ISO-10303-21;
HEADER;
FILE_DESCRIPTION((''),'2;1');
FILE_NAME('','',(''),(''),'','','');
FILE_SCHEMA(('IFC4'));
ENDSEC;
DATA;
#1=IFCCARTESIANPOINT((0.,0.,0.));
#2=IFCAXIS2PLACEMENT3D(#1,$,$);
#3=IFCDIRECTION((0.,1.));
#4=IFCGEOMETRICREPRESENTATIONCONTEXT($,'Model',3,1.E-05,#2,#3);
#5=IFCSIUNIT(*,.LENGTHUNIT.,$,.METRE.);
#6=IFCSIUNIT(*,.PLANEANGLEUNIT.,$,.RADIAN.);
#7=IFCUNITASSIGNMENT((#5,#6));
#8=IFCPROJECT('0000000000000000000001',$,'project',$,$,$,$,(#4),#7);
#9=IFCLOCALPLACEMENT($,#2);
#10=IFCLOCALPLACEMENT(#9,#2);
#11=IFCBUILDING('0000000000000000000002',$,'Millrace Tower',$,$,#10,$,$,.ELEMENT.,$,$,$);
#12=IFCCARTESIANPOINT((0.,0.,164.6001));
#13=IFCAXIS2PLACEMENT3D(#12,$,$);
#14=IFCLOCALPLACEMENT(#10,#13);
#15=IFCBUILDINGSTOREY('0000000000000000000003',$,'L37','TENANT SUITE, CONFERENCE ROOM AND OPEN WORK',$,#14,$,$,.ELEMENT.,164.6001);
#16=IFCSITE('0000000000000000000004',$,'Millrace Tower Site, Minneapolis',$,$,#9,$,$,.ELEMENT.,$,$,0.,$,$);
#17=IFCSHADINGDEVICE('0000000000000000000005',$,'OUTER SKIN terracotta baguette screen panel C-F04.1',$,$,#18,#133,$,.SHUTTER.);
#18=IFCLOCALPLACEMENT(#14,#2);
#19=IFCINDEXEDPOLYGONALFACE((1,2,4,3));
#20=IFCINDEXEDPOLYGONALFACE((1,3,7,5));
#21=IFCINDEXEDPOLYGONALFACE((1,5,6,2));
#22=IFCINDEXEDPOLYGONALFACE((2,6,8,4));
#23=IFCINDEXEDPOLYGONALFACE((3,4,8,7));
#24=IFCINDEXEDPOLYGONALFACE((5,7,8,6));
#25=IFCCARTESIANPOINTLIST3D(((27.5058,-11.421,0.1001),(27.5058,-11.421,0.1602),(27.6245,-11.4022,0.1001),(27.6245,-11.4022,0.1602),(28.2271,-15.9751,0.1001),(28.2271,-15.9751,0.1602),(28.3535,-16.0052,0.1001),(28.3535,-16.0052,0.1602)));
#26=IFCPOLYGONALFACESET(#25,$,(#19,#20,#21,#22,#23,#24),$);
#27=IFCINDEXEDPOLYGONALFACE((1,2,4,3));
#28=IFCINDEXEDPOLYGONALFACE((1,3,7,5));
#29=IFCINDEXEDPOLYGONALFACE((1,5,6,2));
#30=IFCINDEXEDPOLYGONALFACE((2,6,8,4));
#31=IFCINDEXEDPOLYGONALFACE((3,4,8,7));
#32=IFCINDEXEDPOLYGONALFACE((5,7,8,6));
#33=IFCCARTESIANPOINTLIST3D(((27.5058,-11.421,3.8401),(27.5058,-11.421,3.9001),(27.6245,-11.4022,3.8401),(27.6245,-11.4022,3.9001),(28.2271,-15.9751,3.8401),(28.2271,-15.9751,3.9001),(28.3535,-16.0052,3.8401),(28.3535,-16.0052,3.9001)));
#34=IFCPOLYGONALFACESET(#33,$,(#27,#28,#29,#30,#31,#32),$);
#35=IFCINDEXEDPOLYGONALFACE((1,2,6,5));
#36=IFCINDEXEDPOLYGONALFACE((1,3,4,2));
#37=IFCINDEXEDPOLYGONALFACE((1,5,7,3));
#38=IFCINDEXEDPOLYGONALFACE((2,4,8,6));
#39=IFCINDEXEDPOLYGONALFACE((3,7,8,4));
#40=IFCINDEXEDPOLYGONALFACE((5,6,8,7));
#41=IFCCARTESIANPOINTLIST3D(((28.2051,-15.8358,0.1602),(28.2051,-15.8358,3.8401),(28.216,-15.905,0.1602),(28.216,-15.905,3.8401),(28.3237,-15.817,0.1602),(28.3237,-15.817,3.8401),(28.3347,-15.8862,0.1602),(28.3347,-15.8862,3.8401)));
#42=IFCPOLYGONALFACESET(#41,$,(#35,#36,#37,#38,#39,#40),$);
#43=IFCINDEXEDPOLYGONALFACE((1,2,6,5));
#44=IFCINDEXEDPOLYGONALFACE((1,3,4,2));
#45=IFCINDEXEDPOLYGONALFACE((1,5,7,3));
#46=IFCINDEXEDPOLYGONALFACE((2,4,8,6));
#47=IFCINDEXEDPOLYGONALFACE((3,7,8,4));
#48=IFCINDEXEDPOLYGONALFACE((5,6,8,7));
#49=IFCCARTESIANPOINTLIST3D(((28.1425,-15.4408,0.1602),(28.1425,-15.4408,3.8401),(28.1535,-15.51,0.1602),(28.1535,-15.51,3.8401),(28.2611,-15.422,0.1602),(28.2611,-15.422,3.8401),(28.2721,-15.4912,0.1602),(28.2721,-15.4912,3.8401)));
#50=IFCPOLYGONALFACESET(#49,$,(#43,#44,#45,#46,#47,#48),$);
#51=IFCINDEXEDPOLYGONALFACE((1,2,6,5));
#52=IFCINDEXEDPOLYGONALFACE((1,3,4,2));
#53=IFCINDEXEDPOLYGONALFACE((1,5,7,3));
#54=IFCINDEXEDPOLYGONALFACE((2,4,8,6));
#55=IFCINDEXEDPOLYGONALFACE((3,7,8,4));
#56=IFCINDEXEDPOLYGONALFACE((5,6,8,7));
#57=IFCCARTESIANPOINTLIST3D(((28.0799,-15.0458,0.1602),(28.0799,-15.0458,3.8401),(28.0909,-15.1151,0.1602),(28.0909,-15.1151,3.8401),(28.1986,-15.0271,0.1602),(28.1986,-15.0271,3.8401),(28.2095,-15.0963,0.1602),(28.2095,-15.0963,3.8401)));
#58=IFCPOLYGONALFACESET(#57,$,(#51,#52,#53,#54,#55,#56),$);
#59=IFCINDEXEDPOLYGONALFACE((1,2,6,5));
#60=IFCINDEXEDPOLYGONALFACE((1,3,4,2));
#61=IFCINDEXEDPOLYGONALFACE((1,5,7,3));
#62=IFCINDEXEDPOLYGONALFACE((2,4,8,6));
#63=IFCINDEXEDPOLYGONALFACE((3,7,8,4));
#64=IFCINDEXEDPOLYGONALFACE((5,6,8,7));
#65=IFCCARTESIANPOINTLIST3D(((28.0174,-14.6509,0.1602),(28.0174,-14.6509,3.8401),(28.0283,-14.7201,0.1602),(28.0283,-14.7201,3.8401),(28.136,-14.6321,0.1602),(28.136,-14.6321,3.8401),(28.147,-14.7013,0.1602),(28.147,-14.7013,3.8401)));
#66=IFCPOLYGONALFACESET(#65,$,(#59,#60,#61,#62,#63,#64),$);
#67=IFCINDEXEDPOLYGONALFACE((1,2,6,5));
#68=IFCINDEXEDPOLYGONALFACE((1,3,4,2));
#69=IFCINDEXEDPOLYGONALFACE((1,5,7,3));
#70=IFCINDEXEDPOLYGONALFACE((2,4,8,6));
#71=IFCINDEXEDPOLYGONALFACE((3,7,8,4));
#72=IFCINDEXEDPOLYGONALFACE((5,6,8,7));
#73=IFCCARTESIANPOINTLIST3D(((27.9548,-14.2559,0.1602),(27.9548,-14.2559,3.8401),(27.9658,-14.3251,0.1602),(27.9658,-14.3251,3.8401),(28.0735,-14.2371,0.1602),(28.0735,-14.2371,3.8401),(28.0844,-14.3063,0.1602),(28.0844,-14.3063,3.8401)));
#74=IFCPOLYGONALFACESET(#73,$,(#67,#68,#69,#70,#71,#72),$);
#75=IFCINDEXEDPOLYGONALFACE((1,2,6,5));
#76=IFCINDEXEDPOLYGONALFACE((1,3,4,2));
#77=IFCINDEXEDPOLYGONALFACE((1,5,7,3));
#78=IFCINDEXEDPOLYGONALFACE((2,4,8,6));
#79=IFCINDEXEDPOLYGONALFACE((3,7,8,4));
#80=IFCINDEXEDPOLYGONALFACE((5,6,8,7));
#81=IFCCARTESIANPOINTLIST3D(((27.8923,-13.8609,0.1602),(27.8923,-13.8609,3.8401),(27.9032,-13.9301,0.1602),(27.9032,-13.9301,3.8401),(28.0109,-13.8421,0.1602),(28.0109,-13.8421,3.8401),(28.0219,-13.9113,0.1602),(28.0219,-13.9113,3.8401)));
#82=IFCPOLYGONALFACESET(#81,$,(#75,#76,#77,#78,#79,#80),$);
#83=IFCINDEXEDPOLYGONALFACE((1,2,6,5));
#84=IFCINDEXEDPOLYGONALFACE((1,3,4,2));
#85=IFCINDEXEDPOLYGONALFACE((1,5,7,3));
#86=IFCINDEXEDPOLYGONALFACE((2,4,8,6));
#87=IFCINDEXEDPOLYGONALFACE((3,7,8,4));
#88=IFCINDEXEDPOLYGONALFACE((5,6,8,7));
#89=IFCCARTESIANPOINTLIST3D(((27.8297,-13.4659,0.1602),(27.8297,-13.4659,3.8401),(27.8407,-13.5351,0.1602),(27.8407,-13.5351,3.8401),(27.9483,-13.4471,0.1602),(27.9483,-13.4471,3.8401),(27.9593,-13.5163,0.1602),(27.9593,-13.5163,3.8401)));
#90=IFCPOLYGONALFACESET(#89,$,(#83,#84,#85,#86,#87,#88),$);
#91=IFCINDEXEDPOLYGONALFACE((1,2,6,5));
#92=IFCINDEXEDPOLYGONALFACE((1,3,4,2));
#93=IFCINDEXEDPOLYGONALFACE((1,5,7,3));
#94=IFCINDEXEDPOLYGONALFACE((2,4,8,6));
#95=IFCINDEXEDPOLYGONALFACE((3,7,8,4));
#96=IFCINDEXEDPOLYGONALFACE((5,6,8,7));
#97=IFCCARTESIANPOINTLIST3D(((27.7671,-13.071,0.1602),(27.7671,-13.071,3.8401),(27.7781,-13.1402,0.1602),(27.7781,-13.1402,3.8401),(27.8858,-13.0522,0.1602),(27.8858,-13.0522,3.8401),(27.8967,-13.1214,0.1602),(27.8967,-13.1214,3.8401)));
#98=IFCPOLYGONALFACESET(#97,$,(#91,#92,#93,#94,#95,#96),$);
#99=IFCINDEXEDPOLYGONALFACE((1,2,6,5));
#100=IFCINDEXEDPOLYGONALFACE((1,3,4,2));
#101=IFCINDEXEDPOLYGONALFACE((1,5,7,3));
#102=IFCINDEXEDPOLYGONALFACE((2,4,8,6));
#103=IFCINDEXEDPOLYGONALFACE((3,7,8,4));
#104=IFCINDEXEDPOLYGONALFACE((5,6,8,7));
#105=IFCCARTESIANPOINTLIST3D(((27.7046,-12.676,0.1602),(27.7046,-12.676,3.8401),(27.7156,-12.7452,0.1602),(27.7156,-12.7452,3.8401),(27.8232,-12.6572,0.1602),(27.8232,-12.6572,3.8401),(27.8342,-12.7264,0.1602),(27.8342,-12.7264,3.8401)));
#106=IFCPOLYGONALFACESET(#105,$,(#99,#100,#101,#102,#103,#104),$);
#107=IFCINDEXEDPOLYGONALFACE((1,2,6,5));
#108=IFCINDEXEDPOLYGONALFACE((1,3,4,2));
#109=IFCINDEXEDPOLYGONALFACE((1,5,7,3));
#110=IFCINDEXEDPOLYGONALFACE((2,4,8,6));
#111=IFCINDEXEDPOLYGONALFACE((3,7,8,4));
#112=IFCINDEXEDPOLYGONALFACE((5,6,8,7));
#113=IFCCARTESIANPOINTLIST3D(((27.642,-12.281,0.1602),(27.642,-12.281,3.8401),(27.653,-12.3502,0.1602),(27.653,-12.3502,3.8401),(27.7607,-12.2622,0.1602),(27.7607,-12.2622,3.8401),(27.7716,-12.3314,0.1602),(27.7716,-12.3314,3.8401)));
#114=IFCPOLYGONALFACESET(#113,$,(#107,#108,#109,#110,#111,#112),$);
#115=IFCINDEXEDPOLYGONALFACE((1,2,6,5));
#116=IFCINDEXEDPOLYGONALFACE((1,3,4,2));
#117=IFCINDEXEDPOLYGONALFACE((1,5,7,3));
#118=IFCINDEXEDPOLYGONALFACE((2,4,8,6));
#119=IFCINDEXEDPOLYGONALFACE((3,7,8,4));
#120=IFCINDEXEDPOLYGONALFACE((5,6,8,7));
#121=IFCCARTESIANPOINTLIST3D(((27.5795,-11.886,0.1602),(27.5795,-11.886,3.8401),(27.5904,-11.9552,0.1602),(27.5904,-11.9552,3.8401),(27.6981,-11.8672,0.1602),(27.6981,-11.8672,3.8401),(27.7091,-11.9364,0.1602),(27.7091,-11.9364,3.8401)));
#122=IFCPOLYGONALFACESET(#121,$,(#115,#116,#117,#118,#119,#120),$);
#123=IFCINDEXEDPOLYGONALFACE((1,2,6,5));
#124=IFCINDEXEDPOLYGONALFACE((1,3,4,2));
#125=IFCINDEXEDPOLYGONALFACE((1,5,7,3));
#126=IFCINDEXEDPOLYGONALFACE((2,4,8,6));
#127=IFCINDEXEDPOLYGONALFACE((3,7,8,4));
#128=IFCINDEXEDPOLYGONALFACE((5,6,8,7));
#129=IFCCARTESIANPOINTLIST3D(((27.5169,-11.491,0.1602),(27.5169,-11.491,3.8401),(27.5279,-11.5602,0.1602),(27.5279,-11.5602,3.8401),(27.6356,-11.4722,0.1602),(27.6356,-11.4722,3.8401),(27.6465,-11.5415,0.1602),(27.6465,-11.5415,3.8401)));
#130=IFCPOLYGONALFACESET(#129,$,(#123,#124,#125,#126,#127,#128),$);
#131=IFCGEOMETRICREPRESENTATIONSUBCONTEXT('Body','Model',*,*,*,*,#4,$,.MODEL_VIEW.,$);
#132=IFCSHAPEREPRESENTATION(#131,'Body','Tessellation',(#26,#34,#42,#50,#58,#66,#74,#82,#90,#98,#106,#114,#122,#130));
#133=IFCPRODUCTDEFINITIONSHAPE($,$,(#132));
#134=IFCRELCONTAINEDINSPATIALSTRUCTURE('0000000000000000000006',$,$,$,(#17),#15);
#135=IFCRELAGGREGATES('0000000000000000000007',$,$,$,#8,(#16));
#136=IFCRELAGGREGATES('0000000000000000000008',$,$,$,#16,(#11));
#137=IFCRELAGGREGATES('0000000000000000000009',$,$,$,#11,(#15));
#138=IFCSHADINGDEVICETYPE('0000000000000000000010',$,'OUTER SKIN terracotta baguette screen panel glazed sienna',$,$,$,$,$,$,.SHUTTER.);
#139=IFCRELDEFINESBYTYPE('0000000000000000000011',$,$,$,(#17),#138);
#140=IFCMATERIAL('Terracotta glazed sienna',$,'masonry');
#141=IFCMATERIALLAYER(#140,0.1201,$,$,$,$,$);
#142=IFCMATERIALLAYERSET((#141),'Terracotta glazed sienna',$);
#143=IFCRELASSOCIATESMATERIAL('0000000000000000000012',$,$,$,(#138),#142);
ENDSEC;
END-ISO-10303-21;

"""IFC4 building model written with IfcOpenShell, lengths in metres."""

from ifc_helpers import new_model, entity, si_unit, direction, frame, frame_2d, origin, place, context, subcontext, project, spatial, rectangle, extrude, source, transform, mapped, material, layer, layer_set, type_object, element, save


model = new_model("IFC4")

# Units and contexts
model_context = context("Model", 3, precision=1e-05, world=origin(), true_north=direction((0.0, 1.0)))
body_context = subcontext(model_context, "Body", "Model", "MODEL_VIEW")
ifc_project = project(units=[si_unit("LENGTHUNIT", "METRE"), si_unit("PLANEANGLEUNIT", "RADIAN")], contexts=[model_context])

# Site, building, storey
site_placement = place(None, origin())
site = spatial("IfcSite", under=ifc_project, at=site_placement, Name="Millrace Tower Site, Minneapolis", CompositionType="ELEMENT", RefElevation=0.0)
building_placement = place(site_placement, origin())
building = spatial("IfcBuilding", under=site, at=building_placement, Name="Millrace Tower", CompositionType="ELEMENT")
storey_placement = place(building_placement, frame((0.0, 0.0, 164.6001)))
storey = spatial("IfcBuildingStorey", under=building, at=storey_placement, Name="L37", Description="TENANT SUITE, CONFERENCE ROOM AND OPEN WORK", CompositionType="ELEMENT", Elevation=164.6001)

# Shading device
ifc_material_1 = material(Name="Terracotta glazed sienna", Category="masonry")
ifc_layer_1 = layer(ifc_material_1, 0.1201)
ifc_layer_set_1 = layer_set([ifc_layer_1], Name="Terracotta glazed sienna")
shading_device_type = type_object("IfcShadingDeviceType", Name="OUTER SKIN terracotta baguette screen panel glazed sienna", PredefinedType="SHUTTER", material=ifc_layer_set_1)
cartesian_point_1 = entity("IfcCartesianPoint", [-2.293, 0.0601])
shared_polyline_1 = entity("IfcPolyline", [cartesian_point_1, entity("IfcCartesianPoint", [2.3179, 0.0601]), entity("IfcCartesianPoint", [2.3179, -0.0601]), entity("IfcCartesianPoint", [-2.3425, -0.0601]), cartesian_point_1])
shared_shape_1 = source(origin(), body_context, "Body", "SweptSolid", [
    entity("IfcExtrudedAreaSolid", entity("IfcArbitraryClosedProfileDef", "AREA", None, shared_polyline_1), entity("IfcAxis2Placement3D", entity("IfcCartesianPoint", [0.0, 0.0, 0.0])), entity("IfcDirection", [0.0, 0.0, 1.0]), 0.0601),
    entity("IfcExtrudedAreaSolid", entity("IfcArbitraryClosedProfileDef", "AREA", None, shared_polyline_1), entity("IfcAxis2Placement3D", entity("IfcCartesianPoint", [0.0, 0.0, 3.74])), entity("IfcDirection", [0.0, 0.0, 1.0]), 0.0601),
    extrude(rectangle(XDim=0.0701, YDim=0.1201, at=frame_2d((-2.187, 0.0))), frame((0.0, 0.0, 0.0601)), (0.0, 0.0, 1.0), 3.6799),
    extrude(rectangle(XDim=0.0701, YDim=0.1201, at=frame_2d((-1.7871, 0.0))), frame((0.0, 0.0, 0.0601)), (0.0, 0.0, 1.0), 3.6799),
    extrude(rectangle(XDim=0.0701, YDim=0.1201, at=frame_2d((-1.3872, 0.0))), frame((0.0, 0.0, 0.0601)), (0.0, 0.0, 1.0), 3.6799),
    extrude(rectangle(XDim=0.0701, YDim=0.1201, at=frame_2d((-0.9873, 0.0))), frame((0.0, 0.0, 0.0601)), (0.0, 0.0, 1.0), 3.6799),
    extrude(rectangle(XDim=0.0701, YDim=0.1201, at=frame_2d((-0.5874, 0.0))), frame((0.0, 0.0, 0.0601)), (0.0, 0.0, 1.0), 3.6799),
    extrude(rectangle(XDim=0.0701, YDim=0.1201, at=frame_2d((-0.1875, 0.0))), frame((0.0, 0.0, 0.0601)), (0.0, 0.0, 1.0), 3.6799),
    extrude(rectangle(XDim=0.0701, YDim=0.1201, at=frame_2d((0.2124, 0.0))), frame((0.0, 0.0, 0.0601)), (0.0, 0.0, 1.0), 3.6799),
    extrude(rectangle(XDim=0.0701, YDim=0.1201, at=frame_2d((0.6123, 0.0))), frame((0.0, 0.0, 0.0601)), (0.0, 0.0, 1.0), 3.6799),
    extrude(rectangle(XDim=0.0701, YDim=0.1201, at=frame_2d((1.0122, 0.0))), frame((0.0, 0.0, 0.0601)), (0.0, 0.0, 1.0), 3.6799),
    extrude(rectangle(XDim=0.0701, YDim=0.1201, at=frame_2d((1.4121, 0.0))), frame((0.0, 0.0, 0.0601)), (0.0, 0.0, 1.0), 3.6799),
    extrude(rectangle(XDim=0.0701, YDim=0.1201, at=frame_2d((1.812, 0.0))), frame((0.0, 0.0, 0.0601)), (0.0, 0.0, 1.0), 3.6799),
    extrude(rectangle(XDim=0.0701, YDim=0.1201, at=frame_2d((2.2119, 0.0))), frame((0.0, 0.0, 0.0601)), (0.0, 0.0, 1.0), 3.6799),
])
shading_device_placement = place(storey_placement, frame((27.9277, -13.7009, 0.1001), z_axis=(0.0, 0.0, 1.0), x_axis=(-0.156434, 0.987688, 0.0)))
element("IfcShadingDevice", 1, at=shading_device_placement, inside=storey, type_object=shading_device_type, Name="OUTER SKIN terracotta baguette screen panel C-F04.1", PredefinedType="SHUTTER", context=body_context, shape_type="MappedRepresentation", body=[
    mapped(shared_shape_1, transform((0.0, 0.0, 0.0), scale=1.0)),
])

save(model, "model.ifc")
